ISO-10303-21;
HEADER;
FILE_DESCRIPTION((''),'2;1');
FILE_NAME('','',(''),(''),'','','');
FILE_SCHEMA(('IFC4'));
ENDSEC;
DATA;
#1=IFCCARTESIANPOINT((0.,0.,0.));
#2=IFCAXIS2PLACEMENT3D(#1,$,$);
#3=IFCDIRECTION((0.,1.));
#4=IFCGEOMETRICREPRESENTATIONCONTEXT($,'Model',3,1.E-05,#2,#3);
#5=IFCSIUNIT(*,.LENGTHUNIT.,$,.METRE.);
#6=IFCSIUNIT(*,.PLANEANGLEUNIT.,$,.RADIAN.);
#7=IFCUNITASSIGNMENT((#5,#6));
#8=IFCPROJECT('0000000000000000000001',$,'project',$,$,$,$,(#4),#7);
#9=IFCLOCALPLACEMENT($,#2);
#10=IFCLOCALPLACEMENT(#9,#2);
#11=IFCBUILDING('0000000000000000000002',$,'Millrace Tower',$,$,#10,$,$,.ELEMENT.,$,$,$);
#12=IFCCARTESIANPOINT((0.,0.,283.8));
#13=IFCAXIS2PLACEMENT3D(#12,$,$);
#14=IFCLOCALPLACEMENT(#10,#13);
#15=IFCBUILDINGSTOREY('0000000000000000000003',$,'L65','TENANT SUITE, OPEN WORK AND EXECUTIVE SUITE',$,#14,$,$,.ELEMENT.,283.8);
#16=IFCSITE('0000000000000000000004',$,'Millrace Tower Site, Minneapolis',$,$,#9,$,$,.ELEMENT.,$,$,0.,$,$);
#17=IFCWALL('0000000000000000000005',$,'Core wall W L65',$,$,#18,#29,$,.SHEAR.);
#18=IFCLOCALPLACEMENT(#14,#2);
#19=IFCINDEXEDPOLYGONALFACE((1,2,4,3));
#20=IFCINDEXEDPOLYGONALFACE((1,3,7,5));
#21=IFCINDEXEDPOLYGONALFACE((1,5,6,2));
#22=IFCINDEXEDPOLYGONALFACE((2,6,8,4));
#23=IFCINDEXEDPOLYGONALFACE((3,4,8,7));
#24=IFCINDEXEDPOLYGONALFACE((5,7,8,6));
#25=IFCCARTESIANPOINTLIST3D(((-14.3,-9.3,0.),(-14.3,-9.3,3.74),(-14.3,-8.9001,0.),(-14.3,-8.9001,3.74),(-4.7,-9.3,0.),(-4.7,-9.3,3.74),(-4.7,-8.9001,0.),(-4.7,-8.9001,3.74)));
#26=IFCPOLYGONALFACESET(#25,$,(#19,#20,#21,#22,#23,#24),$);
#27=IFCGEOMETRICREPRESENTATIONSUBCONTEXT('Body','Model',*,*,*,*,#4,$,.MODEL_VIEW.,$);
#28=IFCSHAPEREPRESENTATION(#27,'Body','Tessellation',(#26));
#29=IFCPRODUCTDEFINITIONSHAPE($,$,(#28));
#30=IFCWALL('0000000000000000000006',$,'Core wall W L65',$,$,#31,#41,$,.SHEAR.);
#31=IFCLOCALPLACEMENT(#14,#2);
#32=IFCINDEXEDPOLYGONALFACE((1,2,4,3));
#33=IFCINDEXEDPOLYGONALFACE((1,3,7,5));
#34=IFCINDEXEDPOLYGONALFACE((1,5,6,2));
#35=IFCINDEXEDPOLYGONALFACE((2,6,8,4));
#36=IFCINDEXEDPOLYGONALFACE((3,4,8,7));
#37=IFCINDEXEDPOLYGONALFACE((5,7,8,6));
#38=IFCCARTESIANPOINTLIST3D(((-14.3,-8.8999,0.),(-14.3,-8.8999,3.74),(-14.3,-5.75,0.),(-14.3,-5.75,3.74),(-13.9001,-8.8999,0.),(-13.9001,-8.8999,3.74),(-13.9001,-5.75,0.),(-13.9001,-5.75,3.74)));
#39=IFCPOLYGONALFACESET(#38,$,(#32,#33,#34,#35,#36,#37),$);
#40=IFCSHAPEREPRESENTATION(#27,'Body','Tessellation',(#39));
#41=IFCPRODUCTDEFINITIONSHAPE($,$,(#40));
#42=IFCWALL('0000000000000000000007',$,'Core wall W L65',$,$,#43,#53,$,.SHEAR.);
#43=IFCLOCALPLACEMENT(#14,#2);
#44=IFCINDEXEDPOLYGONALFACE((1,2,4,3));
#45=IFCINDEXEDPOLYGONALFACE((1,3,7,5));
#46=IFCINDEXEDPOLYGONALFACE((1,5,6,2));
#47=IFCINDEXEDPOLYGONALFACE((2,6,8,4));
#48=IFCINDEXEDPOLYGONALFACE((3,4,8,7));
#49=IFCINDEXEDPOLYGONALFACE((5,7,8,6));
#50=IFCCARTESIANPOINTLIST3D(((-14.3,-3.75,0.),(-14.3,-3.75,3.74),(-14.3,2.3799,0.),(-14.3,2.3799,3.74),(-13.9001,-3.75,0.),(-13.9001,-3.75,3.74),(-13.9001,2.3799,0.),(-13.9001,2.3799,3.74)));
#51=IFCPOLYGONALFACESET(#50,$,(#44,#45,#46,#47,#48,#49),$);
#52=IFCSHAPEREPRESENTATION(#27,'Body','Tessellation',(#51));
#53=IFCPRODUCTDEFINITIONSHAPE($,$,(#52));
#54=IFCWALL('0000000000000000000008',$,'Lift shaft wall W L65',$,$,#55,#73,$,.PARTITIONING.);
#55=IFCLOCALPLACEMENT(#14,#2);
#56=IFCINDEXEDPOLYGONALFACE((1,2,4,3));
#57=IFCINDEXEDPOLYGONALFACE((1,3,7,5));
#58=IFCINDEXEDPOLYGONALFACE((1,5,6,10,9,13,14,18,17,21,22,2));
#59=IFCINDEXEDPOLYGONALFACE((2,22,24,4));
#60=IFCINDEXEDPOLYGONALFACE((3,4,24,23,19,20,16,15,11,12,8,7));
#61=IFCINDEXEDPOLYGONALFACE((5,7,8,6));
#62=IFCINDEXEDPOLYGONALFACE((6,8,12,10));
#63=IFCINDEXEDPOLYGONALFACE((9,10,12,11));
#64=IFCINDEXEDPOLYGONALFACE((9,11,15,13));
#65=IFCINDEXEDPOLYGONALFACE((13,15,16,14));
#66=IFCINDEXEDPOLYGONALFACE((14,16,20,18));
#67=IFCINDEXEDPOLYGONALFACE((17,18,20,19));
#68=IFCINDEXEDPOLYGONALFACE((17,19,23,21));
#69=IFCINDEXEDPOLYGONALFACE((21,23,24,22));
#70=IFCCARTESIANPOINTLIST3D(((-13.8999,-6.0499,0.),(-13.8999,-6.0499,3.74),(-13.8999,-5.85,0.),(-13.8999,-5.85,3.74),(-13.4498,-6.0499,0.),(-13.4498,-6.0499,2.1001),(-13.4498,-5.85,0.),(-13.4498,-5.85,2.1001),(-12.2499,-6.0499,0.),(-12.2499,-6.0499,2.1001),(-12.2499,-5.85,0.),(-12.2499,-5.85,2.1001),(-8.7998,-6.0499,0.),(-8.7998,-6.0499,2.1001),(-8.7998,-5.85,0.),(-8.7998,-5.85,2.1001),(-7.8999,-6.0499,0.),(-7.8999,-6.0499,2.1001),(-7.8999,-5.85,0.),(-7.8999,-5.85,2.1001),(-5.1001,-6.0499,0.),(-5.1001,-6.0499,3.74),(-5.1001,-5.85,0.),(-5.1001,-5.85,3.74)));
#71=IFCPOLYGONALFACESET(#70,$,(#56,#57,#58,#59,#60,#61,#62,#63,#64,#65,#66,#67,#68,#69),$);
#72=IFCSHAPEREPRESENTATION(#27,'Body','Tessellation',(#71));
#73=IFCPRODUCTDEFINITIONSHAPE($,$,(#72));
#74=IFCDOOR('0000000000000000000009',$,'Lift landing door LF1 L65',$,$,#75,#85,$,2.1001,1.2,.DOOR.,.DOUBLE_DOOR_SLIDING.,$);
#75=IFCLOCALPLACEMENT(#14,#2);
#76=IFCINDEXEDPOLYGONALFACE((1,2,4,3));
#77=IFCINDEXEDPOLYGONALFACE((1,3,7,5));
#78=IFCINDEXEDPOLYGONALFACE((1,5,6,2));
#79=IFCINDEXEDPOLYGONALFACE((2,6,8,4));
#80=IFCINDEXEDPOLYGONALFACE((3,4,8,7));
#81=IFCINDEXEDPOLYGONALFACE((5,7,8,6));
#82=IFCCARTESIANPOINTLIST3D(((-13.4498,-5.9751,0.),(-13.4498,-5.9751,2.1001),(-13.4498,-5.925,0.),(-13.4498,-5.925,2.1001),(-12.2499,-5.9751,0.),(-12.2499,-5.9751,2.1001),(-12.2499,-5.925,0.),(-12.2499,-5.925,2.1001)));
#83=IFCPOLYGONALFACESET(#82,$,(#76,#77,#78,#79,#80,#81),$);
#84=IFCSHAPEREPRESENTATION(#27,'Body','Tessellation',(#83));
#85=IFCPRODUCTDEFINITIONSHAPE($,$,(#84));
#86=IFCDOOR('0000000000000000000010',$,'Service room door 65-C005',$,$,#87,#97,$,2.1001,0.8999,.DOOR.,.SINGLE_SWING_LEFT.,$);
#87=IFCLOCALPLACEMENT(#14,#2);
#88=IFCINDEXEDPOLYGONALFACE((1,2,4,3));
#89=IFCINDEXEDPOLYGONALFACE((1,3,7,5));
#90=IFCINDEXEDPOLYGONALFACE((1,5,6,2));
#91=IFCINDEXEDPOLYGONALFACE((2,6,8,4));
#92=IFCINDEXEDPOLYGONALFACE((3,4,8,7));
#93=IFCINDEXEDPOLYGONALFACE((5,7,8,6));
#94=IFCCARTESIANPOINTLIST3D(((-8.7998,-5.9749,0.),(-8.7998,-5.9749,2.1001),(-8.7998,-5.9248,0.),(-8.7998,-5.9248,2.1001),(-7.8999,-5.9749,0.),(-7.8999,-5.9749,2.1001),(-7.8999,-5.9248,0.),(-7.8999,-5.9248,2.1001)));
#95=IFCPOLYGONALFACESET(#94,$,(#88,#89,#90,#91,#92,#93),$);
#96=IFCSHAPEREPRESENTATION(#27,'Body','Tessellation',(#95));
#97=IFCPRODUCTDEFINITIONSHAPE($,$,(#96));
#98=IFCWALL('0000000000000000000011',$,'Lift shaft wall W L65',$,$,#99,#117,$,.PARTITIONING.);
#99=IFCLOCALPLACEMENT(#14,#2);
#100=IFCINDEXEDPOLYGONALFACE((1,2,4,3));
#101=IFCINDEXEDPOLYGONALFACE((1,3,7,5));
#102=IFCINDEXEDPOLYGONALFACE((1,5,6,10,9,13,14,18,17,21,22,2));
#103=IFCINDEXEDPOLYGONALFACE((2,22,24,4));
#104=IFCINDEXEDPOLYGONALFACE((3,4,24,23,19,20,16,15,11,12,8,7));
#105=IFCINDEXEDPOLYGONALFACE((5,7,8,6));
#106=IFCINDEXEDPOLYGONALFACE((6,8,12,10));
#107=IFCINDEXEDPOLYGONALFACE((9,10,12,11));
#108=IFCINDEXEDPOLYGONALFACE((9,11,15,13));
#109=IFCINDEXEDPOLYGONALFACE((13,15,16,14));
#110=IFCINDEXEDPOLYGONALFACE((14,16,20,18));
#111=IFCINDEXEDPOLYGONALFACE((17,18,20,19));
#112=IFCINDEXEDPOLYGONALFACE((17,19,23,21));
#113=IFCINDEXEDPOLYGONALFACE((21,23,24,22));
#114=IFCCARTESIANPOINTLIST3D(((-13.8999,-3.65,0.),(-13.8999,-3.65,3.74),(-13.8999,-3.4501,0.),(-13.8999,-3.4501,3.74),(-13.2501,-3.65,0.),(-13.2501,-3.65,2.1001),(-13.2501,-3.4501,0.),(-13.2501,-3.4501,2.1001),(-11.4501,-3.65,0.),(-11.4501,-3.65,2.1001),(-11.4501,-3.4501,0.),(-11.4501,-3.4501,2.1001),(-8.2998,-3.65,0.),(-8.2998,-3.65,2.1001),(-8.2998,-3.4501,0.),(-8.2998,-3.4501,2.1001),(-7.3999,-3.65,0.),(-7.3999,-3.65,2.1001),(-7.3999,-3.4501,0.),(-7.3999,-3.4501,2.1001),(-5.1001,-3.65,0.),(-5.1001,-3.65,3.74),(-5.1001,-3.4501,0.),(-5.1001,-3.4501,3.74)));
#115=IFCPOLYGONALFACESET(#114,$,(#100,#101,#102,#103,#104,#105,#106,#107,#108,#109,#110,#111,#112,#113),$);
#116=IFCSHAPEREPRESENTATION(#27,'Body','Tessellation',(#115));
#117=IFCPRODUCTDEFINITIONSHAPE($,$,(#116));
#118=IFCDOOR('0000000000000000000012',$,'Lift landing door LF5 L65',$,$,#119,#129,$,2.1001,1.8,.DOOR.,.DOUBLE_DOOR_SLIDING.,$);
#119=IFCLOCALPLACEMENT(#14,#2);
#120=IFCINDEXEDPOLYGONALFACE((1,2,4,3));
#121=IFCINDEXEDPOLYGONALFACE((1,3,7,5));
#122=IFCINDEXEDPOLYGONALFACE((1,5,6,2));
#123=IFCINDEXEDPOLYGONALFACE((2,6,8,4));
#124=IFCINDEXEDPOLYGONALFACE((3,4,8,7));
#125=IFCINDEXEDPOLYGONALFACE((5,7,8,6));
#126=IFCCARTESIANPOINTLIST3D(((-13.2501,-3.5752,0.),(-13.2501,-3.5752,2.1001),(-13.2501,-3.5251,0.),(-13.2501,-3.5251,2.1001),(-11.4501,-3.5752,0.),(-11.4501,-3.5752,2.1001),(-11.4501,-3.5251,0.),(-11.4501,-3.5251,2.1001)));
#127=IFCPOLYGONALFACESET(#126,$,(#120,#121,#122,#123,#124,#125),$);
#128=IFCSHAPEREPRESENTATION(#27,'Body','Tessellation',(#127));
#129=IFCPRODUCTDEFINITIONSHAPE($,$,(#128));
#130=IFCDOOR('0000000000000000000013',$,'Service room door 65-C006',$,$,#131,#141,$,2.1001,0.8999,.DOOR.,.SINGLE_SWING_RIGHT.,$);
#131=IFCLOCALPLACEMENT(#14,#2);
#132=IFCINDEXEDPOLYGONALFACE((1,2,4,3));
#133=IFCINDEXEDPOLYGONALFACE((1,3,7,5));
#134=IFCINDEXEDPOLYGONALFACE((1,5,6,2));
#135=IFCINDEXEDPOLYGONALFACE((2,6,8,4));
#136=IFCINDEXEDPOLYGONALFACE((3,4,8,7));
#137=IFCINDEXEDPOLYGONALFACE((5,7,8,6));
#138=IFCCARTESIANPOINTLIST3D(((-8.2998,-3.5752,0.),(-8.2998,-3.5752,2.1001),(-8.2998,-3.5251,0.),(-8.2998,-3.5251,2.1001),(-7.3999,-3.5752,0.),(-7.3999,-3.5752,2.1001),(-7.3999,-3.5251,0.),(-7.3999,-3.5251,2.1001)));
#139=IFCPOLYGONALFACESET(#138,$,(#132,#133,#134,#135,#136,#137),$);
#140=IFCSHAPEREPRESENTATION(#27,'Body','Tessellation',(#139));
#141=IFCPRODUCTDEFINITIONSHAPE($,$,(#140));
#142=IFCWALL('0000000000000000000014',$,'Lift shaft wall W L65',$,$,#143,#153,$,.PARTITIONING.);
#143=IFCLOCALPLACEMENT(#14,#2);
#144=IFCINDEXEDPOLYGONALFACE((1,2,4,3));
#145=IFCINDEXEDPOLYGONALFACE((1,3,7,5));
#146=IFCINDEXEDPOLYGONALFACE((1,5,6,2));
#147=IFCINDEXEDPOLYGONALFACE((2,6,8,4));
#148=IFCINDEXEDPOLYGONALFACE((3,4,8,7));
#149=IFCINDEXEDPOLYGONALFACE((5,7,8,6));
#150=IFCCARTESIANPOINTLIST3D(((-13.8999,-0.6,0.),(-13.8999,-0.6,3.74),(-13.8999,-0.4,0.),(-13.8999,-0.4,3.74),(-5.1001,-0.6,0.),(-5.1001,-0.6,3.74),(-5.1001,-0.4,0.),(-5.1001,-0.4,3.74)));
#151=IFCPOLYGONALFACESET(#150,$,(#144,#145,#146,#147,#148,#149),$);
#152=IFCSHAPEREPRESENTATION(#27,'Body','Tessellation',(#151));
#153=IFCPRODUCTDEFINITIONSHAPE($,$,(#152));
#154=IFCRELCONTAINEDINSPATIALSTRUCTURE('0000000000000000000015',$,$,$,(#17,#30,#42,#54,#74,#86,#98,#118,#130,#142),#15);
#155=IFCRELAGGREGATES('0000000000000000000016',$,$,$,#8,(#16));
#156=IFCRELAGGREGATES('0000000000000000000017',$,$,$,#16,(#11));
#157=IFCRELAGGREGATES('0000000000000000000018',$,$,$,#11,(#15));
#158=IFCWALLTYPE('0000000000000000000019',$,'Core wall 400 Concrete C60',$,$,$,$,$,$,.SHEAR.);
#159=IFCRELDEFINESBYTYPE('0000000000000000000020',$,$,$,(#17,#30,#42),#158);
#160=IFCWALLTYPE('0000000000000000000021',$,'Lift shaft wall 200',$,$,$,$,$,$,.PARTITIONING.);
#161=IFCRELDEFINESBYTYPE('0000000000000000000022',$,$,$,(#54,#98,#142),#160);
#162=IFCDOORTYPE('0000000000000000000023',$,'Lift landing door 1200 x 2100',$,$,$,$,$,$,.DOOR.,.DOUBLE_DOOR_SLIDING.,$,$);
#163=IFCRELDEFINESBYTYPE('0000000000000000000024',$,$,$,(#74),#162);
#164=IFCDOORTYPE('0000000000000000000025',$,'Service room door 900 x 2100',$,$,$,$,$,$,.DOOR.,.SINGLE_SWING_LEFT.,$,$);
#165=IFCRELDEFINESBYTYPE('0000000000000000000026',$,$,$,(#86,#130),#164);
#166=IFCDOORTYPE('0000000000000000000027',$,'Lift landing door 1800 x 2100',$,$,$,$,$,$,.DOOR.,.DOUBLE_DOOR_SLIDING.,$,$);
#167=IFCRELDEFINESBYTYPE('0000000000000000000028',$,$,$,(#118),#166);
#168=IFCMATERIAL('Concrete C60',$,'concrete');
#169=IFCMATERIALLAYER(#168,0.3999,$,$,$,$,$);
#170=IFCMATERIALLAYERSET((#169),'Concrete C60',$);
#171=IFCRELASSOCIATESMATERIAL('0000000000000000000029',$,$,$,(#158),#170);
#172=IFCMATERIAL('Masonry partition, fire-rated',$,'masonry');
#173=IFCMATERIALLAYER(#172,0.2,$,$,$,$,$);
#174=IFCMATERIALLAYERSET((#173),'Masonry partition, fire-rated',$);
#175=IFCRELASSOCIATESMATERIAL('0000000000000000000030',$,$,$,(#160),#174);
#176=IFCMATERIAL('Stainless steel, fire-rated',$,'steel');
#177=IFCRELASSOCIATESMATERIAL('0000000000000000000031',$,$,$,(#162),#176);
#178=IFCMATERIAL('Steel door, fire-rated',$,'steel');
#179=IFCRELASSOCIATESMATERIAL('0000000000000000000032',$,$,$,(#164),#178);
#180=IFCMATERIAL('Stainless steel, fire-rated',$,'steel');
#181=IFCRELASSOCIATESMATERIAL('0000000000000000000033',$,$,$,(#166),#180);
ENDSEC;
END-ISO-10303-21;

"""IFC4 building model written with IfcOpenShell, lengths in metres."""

from ifc_helpers import new_model, si_unit, direction, frame, frame_2d, origin, place, context, subcontext, project, spatial, rectangle, extrude, material, layer, layer_set, type_object, element, fill, save


model = new_model("IFC4")

# Units and contexts
model_context = context("Model", 3, precision=1e-05, world=origin(), true_north=direction((0.0, 1.0)))
body_context = subcontext(model_context, "Body", "Model", "MODEL_VIEW")
ifc_project = project(units=[si_unit("LENGTHUNIT", "METRE"), si_unit("PLANEANGLEUNIT", "RADIAN")], contexts=[model_context])

# Site, building, storey
site_placement = place(None, origin())
site = spatial("IfcSite", under=ifc_project, at=site_placement, Name="Millrace Tower Site, Minneapolis", CompositionType="ELEMENT", RefElevation=0.0)
building_placement = place(site_placement, origin())
building = spatial("IfcBuilding", under=site, at=building_placement, Name="Millrace Tower", CompositionType="ELEMENT")
storey_placement = place(building_placement, frame((0.0, 0.0, 283.8)))
storey = spatial("IfcBuildingStorey", under=building, at=storey_placement, Name="L65", Description="TENANT SUITE, OPEN WORK AND EXECUTIVE SUITE", CompositionType="ELEMENT", Elevation=283.8)

# Walls
ifc_material_1 = material(Name="Concrete C60", Category="concrete")
ifc_layer_1 = layer(ifc_material_1, 0.3999)
ifc_layer_set_1 = layer_set([ifc_layer_1], Name="Concrete C60")
wall_type_1 = type_object("IfcWallType", Name="Core wall 400 Concrete C60", PredefinedType="SHEAR", material=ifc_layer_set_1)
wall_1_placement = place(storey_placement, frame((-14.3, -9.1001, 0.0), z_axis=(0.0, 0.0, 1.0), x_axis=(1.0, 0.0, 0.0)))
element("IfcWall", 1, at=wall_1_placement, inside=storey, type_object=wall_type_1, Name="Core wall W L65", PredefinedType="SHEAR", context=body_context, shape_type="SweptSolid", body=[
    extrude(rectangle(XDim=9.6001, YDim=0.3999, at=frame_2d((4.8, 0.0))), origin(), (0.0, 0.0, 1.0), 3.74),
])
wall_2_placement = place(storey_placement, frame((-14.1001, -8.8999, 0.0), z_axis=(0.0, 0.0, 1.0), x_axis=(0.0, 1.0, 0.0)))
element("IfcWall", 2, at=wall_2_placement, inside=storey, type_object=wall_type_1, Name="Core wall W L65", PredefinedType="SHEAR", context=body_context, shape_type="SweptSolid", body=[
    extrude(rectangle(XDim=3.1499, YDim=0.3999, at=frame_2d((1.575, 0.0))), origin(), (0.0, 0.0, 1.0), 3.74),
])
wall_3_placement = place(storey_placement, frame((-14.1001, -3.75, 0.0), z_axis=(0.0, 0.0, 1.0), x_axis=(0.0, 1.0, 0.0)))
element("IfcWall", 3, at=wall_3_placement, inside=storey, type_object=wall_type_1, Name="Core wall W L65", PredefinedType="SHEAR", context=body_context, shape_type="SweptSolid", body=[
    extrude(rectangle(XDim=6.1299, YDim=0.3999, at=frame_2d((3.0649, 0.0))), origin(), (0.0, 0.0, 1.0), 3.74),
])

# Walls, openings, doors
ifc_material_2 = material(Name="Masonry partition, fire-rated", Category="masonry")
ifc_layer_2 = layer(ifc_material_2, 0.2)
ifc_layer_set_2 = layer_set([ifc_layer_2], Name="Masonry partition, fire-rated")
wall_type_2 = type_object("IfcWallType", Name="Lift shaft wall 200", PredefinedType="PARTITIONING", material=ifc_layer_set_2)
wall_4_placement = place(storey_placement, frame((-13.8999, -5.95, 0.0), z_axis=(0.0, 0.0, 1.0), x_axis=(1.0, 0.0, 0.0)))
wall_4 = element("IfcWall", 4, at=wall_4_placement, inside=storey, type_object=wall_type_2, Name="Lift shaft wall W L65", PredefinedType="PARTITIONING", context=body_context, shape_type="SweptSolid", body=[
    extrude(rectangle(XDim=8.7998, YDim=0.2, at=frame_2d((4.3999, 0.0))), origin(), (0.0, 0.0, 1.0), 3.74),
])
opening_1_placement = place(wall_4_placement, frame((0.45, 0.0, 0.0)))
opening_1 = element("IfcOpeningElement", 5, at=opening_1_placement, cuts=wall_4, PredefinedType="OPENING", context=body_context, shape_type="SweptSolid", body=[
    extrude(rectangle(XDim=1.2, YDim=2.1001, at=frame_2d((0.6001, 1.05))), frame((0.0, 0.1099, 0.0), z_axis=(0.0, -1.0, 0.0), x_axis=(1.0, 0.0, 0.0)), (0.0, 0.0, 1.0), 0.22),
])
opening_2_placement = place(wall_4_placement, frame((5.1001, 0.0, 0.0)))
opening_2 = element("IfcOpeningElement", 6, at=opening_2_placement, cuts=wall_4, PredefinedType="OPENING", context=body_context, shape_type="SweptSolid", body=[
    extrude(rectangle(XDim=0.8999, YDim=2.1001, at=frame_2d((0.45, 1.05))), frame((0.0, 0.1099, 0.0), z_axis=(0.0, -1.0, 0.0), x_axis=(1.0, 0.0, 0.0)), (0.0, 0.0, 1.0), 0.22),
])
ifc_material_3 = material(Name="Stainless steel, fire-rated", Category="steel")
door_type_1 = type_object("IfcDoorType", Name="Lift landing door 1200 x 2100", OperationType="DOUBLE_DOOR_SLIDING", PredefinedType="DOOR", material=ifc_material_3)
door_1_placement = place(opening_1_placement, origin())
door_1 = element("IfcDoor", 7, at=door_1_placement, inside=storey, type_object=door_type_1, Name="Lift landing door LF1 L65", OperationType="DOUBLE_DOOR_SLIDING", OverallHeight=2.1001, OverallWidth=1.2, PredefinedType="DOOR", context=body_context, shape_type="SweptSolid", body=[
    extrude(rectangle(XDim=1.2, YDim=2.1001, at=frame_2d((0.6001, 1.05))), frame((0.0, 0.0249, 0.0), z_axis=(0.0, -1.0, 0.0), x_axis=(1.0, 0.0, 0.0)), (0.0, 0.0, 1.0), 0.05),
])
fill(opening_1, door_1)
ifc_material_4 = material(Name="Steel door, fire-rated", Category="steel")
door_type_2 = type_object("IfcDoorType", Name="Service room door 900 x 2100", OperationType="SINGLE_SWING_LEFT", PredefinedType="DOOR", material=ifc_material_4)
door_2_placement = place(opening_2_placement, frame((0.8999, 0.0, 0.0), z_axis=(0.0, 0.0, 1.0), x_axis=(-1.0, 0.0, 0.0)))
door_2 = element("IfcDoor", 8, at=door_2_placement, inside=storey, type_object=door_type_2, Name="Service room door 65-C005", OperationType="SINGLE_SWING_LEFT", OverallHeight=2.1001, OverallWidth=0.8999, PredefinedType="DOOR", context=body_context, shape_type="SweptSolid", body=[
    extrude(rectangle(XDim=0.8999, YDim=2.1001, at=frame_2d((0.45, 1.05))), frame((0.0, 0.0249, 0.0), z_axis=(0.0, -1.0, 0.0), x_axis=(1.0, 0.0, 0.0)), (0.0, 0.0, 1.0), 0.05),
])
fill(opening_2, door_2)
wall_5_placement = place(storey_placement, frame((-13.8999, -3.55, 0.0), z_axis=(0.0, 0.0, 1.0), x_axis=(1.0, 0.0, 0.0)))
wall_5 = element("IfcWall", 9, at=wall_5_placement, inside=storey, type_object=wall_type_2, Name="Lift shaft wall W L65", PredefinedType="PARTITIONING", context=body_context, shape_type="SweptSolid", body=[
    extrude(rectangle(XDim=8.7998, YDim=0.2, at=frame_2d((4.3999, 0.0))), origin(), (0.0, 0.0, 1.0), 3.74),
])
opening_3_placement = place(wall_5_placement, frame((0.6499, 0.0, 0.0)))
opening_3 = element("IfcOpeningElement", 10, at=opening_3_placement, cuts=wall_5, PredefinedType="OPENING", context=body_context, shape_type="SweptSolid", body=[
    extrude(rectangle(XDim=1.8, YDim=2.1001, at=frame_2d((0.8999, 1.05))), frame((0.0, 0.1099, 0.0), z_axis=(0.0, -1.0, 0.0), x_axis=(1.0, 0.0, 0.0)), (0.0, 0.0, 1.0), 0.22),
])
opening_4_placement = place(wall_5_placement, frame((5.6001, 0.0, 0.0)))
opening_4 = element("IfcOpeningElement", 11, at=opening_4_placement, cuts=wall_5, PredefinedType="OPENING", context=body_context, shape_type="SweptSolid", body=[
    extrude(rectangle(XDim=0.8999, YDim=2.1001, at=frame_2d((0.45, 1.05))), frame((0.0, 0.1099, 0.0), z_axis=(0.0, -1.0, 0.0), x_axis=(1.0, 0.0, 0.0)), (0.0, 0.0, 1.0), 0.22),
])
ifc_material_5 = material(Name="Stainless steel, fire-rated", Category="steel")
door_type_3 = type_object("IfcDoorType", Name="Lift landing door 1800 x 2100", OperationType="DOUBLE_DOOR_SLIDING", PredefinedType="DOOR", material=ifc_material_5)
door_3_placement = place(opening_3_placement, origin())
door_3 = element("IfcDoor", 12, at=door_3_placement, inside=storey, type_object=door_type_3, Name="Lift landing door LF5 L65", OperationType="DOUBLE_DOOR_SLIDING", OverallHeight=2.1001, OverallWidth=1.8, PredefinedType="DOOR", context=body_context, shape_type="SweptSolid", body=[
    extrude(rectangle(XDim=1.8, YDim=2.1001, at=frame_2d((0.8999, 1.05))), frame((0.0, 0.0249, 0.0), z_axis=(0.0, -1.0, 0.0), x_axis=(1.0, 0.0, 0.0)), (0.0, 0.0, 1.0), 0.05),
])
fill(opening_3, door_3)
door_4_placement = place(opening_4_placement, origin())
door_4 = element("IfcDoor", 13, at=door_4_placement, inside=storey, type_object=door_type_2, Name="Service room door 65-C006", OperationType="SINGLE_SWING_RIGHT", OverallHeight=2.1001, OverallWidth=0.8999, PredefinedType="DOOR", context=body_context, shape_type="SweptSolid", body=[
    extrude(rectangle(XDim=0.8999, YDim=2.1001, at=frame_2d((0.45, 1.05))), frame((0.0, 0.0249, 0.0), z_axis=(0.0, -1.0, 0.0), x_axis=(1.0, 0.0, 0.0)), (0.0, 0.0, 1.0), 0.05),
])
fill(opening_4, door_4)

# Wall
wall_6_placement = place(storey_placement, frame((-13.8999, -0.5, 0.0), z_axis=(0.0, 0.0, 1.0), x_axis=(1.0, 0.0, 0.0)))
element("IfcWall", 14, at=wall_6_placement, inside=storey, type_object=wall_type_2, Name="Lift shaft wall W L65", PredefinedType="PARTITIONING", context=body_context, shape_type="SweptSolid", body=[
    extrude(rectangle(XDim=8.7998, YDim=0.2, at=frame_2d((4.3999, 0.0))), origin(), (0.0, 0.0, 1.0), 3.74),
])

save(model, "model.ifc")
